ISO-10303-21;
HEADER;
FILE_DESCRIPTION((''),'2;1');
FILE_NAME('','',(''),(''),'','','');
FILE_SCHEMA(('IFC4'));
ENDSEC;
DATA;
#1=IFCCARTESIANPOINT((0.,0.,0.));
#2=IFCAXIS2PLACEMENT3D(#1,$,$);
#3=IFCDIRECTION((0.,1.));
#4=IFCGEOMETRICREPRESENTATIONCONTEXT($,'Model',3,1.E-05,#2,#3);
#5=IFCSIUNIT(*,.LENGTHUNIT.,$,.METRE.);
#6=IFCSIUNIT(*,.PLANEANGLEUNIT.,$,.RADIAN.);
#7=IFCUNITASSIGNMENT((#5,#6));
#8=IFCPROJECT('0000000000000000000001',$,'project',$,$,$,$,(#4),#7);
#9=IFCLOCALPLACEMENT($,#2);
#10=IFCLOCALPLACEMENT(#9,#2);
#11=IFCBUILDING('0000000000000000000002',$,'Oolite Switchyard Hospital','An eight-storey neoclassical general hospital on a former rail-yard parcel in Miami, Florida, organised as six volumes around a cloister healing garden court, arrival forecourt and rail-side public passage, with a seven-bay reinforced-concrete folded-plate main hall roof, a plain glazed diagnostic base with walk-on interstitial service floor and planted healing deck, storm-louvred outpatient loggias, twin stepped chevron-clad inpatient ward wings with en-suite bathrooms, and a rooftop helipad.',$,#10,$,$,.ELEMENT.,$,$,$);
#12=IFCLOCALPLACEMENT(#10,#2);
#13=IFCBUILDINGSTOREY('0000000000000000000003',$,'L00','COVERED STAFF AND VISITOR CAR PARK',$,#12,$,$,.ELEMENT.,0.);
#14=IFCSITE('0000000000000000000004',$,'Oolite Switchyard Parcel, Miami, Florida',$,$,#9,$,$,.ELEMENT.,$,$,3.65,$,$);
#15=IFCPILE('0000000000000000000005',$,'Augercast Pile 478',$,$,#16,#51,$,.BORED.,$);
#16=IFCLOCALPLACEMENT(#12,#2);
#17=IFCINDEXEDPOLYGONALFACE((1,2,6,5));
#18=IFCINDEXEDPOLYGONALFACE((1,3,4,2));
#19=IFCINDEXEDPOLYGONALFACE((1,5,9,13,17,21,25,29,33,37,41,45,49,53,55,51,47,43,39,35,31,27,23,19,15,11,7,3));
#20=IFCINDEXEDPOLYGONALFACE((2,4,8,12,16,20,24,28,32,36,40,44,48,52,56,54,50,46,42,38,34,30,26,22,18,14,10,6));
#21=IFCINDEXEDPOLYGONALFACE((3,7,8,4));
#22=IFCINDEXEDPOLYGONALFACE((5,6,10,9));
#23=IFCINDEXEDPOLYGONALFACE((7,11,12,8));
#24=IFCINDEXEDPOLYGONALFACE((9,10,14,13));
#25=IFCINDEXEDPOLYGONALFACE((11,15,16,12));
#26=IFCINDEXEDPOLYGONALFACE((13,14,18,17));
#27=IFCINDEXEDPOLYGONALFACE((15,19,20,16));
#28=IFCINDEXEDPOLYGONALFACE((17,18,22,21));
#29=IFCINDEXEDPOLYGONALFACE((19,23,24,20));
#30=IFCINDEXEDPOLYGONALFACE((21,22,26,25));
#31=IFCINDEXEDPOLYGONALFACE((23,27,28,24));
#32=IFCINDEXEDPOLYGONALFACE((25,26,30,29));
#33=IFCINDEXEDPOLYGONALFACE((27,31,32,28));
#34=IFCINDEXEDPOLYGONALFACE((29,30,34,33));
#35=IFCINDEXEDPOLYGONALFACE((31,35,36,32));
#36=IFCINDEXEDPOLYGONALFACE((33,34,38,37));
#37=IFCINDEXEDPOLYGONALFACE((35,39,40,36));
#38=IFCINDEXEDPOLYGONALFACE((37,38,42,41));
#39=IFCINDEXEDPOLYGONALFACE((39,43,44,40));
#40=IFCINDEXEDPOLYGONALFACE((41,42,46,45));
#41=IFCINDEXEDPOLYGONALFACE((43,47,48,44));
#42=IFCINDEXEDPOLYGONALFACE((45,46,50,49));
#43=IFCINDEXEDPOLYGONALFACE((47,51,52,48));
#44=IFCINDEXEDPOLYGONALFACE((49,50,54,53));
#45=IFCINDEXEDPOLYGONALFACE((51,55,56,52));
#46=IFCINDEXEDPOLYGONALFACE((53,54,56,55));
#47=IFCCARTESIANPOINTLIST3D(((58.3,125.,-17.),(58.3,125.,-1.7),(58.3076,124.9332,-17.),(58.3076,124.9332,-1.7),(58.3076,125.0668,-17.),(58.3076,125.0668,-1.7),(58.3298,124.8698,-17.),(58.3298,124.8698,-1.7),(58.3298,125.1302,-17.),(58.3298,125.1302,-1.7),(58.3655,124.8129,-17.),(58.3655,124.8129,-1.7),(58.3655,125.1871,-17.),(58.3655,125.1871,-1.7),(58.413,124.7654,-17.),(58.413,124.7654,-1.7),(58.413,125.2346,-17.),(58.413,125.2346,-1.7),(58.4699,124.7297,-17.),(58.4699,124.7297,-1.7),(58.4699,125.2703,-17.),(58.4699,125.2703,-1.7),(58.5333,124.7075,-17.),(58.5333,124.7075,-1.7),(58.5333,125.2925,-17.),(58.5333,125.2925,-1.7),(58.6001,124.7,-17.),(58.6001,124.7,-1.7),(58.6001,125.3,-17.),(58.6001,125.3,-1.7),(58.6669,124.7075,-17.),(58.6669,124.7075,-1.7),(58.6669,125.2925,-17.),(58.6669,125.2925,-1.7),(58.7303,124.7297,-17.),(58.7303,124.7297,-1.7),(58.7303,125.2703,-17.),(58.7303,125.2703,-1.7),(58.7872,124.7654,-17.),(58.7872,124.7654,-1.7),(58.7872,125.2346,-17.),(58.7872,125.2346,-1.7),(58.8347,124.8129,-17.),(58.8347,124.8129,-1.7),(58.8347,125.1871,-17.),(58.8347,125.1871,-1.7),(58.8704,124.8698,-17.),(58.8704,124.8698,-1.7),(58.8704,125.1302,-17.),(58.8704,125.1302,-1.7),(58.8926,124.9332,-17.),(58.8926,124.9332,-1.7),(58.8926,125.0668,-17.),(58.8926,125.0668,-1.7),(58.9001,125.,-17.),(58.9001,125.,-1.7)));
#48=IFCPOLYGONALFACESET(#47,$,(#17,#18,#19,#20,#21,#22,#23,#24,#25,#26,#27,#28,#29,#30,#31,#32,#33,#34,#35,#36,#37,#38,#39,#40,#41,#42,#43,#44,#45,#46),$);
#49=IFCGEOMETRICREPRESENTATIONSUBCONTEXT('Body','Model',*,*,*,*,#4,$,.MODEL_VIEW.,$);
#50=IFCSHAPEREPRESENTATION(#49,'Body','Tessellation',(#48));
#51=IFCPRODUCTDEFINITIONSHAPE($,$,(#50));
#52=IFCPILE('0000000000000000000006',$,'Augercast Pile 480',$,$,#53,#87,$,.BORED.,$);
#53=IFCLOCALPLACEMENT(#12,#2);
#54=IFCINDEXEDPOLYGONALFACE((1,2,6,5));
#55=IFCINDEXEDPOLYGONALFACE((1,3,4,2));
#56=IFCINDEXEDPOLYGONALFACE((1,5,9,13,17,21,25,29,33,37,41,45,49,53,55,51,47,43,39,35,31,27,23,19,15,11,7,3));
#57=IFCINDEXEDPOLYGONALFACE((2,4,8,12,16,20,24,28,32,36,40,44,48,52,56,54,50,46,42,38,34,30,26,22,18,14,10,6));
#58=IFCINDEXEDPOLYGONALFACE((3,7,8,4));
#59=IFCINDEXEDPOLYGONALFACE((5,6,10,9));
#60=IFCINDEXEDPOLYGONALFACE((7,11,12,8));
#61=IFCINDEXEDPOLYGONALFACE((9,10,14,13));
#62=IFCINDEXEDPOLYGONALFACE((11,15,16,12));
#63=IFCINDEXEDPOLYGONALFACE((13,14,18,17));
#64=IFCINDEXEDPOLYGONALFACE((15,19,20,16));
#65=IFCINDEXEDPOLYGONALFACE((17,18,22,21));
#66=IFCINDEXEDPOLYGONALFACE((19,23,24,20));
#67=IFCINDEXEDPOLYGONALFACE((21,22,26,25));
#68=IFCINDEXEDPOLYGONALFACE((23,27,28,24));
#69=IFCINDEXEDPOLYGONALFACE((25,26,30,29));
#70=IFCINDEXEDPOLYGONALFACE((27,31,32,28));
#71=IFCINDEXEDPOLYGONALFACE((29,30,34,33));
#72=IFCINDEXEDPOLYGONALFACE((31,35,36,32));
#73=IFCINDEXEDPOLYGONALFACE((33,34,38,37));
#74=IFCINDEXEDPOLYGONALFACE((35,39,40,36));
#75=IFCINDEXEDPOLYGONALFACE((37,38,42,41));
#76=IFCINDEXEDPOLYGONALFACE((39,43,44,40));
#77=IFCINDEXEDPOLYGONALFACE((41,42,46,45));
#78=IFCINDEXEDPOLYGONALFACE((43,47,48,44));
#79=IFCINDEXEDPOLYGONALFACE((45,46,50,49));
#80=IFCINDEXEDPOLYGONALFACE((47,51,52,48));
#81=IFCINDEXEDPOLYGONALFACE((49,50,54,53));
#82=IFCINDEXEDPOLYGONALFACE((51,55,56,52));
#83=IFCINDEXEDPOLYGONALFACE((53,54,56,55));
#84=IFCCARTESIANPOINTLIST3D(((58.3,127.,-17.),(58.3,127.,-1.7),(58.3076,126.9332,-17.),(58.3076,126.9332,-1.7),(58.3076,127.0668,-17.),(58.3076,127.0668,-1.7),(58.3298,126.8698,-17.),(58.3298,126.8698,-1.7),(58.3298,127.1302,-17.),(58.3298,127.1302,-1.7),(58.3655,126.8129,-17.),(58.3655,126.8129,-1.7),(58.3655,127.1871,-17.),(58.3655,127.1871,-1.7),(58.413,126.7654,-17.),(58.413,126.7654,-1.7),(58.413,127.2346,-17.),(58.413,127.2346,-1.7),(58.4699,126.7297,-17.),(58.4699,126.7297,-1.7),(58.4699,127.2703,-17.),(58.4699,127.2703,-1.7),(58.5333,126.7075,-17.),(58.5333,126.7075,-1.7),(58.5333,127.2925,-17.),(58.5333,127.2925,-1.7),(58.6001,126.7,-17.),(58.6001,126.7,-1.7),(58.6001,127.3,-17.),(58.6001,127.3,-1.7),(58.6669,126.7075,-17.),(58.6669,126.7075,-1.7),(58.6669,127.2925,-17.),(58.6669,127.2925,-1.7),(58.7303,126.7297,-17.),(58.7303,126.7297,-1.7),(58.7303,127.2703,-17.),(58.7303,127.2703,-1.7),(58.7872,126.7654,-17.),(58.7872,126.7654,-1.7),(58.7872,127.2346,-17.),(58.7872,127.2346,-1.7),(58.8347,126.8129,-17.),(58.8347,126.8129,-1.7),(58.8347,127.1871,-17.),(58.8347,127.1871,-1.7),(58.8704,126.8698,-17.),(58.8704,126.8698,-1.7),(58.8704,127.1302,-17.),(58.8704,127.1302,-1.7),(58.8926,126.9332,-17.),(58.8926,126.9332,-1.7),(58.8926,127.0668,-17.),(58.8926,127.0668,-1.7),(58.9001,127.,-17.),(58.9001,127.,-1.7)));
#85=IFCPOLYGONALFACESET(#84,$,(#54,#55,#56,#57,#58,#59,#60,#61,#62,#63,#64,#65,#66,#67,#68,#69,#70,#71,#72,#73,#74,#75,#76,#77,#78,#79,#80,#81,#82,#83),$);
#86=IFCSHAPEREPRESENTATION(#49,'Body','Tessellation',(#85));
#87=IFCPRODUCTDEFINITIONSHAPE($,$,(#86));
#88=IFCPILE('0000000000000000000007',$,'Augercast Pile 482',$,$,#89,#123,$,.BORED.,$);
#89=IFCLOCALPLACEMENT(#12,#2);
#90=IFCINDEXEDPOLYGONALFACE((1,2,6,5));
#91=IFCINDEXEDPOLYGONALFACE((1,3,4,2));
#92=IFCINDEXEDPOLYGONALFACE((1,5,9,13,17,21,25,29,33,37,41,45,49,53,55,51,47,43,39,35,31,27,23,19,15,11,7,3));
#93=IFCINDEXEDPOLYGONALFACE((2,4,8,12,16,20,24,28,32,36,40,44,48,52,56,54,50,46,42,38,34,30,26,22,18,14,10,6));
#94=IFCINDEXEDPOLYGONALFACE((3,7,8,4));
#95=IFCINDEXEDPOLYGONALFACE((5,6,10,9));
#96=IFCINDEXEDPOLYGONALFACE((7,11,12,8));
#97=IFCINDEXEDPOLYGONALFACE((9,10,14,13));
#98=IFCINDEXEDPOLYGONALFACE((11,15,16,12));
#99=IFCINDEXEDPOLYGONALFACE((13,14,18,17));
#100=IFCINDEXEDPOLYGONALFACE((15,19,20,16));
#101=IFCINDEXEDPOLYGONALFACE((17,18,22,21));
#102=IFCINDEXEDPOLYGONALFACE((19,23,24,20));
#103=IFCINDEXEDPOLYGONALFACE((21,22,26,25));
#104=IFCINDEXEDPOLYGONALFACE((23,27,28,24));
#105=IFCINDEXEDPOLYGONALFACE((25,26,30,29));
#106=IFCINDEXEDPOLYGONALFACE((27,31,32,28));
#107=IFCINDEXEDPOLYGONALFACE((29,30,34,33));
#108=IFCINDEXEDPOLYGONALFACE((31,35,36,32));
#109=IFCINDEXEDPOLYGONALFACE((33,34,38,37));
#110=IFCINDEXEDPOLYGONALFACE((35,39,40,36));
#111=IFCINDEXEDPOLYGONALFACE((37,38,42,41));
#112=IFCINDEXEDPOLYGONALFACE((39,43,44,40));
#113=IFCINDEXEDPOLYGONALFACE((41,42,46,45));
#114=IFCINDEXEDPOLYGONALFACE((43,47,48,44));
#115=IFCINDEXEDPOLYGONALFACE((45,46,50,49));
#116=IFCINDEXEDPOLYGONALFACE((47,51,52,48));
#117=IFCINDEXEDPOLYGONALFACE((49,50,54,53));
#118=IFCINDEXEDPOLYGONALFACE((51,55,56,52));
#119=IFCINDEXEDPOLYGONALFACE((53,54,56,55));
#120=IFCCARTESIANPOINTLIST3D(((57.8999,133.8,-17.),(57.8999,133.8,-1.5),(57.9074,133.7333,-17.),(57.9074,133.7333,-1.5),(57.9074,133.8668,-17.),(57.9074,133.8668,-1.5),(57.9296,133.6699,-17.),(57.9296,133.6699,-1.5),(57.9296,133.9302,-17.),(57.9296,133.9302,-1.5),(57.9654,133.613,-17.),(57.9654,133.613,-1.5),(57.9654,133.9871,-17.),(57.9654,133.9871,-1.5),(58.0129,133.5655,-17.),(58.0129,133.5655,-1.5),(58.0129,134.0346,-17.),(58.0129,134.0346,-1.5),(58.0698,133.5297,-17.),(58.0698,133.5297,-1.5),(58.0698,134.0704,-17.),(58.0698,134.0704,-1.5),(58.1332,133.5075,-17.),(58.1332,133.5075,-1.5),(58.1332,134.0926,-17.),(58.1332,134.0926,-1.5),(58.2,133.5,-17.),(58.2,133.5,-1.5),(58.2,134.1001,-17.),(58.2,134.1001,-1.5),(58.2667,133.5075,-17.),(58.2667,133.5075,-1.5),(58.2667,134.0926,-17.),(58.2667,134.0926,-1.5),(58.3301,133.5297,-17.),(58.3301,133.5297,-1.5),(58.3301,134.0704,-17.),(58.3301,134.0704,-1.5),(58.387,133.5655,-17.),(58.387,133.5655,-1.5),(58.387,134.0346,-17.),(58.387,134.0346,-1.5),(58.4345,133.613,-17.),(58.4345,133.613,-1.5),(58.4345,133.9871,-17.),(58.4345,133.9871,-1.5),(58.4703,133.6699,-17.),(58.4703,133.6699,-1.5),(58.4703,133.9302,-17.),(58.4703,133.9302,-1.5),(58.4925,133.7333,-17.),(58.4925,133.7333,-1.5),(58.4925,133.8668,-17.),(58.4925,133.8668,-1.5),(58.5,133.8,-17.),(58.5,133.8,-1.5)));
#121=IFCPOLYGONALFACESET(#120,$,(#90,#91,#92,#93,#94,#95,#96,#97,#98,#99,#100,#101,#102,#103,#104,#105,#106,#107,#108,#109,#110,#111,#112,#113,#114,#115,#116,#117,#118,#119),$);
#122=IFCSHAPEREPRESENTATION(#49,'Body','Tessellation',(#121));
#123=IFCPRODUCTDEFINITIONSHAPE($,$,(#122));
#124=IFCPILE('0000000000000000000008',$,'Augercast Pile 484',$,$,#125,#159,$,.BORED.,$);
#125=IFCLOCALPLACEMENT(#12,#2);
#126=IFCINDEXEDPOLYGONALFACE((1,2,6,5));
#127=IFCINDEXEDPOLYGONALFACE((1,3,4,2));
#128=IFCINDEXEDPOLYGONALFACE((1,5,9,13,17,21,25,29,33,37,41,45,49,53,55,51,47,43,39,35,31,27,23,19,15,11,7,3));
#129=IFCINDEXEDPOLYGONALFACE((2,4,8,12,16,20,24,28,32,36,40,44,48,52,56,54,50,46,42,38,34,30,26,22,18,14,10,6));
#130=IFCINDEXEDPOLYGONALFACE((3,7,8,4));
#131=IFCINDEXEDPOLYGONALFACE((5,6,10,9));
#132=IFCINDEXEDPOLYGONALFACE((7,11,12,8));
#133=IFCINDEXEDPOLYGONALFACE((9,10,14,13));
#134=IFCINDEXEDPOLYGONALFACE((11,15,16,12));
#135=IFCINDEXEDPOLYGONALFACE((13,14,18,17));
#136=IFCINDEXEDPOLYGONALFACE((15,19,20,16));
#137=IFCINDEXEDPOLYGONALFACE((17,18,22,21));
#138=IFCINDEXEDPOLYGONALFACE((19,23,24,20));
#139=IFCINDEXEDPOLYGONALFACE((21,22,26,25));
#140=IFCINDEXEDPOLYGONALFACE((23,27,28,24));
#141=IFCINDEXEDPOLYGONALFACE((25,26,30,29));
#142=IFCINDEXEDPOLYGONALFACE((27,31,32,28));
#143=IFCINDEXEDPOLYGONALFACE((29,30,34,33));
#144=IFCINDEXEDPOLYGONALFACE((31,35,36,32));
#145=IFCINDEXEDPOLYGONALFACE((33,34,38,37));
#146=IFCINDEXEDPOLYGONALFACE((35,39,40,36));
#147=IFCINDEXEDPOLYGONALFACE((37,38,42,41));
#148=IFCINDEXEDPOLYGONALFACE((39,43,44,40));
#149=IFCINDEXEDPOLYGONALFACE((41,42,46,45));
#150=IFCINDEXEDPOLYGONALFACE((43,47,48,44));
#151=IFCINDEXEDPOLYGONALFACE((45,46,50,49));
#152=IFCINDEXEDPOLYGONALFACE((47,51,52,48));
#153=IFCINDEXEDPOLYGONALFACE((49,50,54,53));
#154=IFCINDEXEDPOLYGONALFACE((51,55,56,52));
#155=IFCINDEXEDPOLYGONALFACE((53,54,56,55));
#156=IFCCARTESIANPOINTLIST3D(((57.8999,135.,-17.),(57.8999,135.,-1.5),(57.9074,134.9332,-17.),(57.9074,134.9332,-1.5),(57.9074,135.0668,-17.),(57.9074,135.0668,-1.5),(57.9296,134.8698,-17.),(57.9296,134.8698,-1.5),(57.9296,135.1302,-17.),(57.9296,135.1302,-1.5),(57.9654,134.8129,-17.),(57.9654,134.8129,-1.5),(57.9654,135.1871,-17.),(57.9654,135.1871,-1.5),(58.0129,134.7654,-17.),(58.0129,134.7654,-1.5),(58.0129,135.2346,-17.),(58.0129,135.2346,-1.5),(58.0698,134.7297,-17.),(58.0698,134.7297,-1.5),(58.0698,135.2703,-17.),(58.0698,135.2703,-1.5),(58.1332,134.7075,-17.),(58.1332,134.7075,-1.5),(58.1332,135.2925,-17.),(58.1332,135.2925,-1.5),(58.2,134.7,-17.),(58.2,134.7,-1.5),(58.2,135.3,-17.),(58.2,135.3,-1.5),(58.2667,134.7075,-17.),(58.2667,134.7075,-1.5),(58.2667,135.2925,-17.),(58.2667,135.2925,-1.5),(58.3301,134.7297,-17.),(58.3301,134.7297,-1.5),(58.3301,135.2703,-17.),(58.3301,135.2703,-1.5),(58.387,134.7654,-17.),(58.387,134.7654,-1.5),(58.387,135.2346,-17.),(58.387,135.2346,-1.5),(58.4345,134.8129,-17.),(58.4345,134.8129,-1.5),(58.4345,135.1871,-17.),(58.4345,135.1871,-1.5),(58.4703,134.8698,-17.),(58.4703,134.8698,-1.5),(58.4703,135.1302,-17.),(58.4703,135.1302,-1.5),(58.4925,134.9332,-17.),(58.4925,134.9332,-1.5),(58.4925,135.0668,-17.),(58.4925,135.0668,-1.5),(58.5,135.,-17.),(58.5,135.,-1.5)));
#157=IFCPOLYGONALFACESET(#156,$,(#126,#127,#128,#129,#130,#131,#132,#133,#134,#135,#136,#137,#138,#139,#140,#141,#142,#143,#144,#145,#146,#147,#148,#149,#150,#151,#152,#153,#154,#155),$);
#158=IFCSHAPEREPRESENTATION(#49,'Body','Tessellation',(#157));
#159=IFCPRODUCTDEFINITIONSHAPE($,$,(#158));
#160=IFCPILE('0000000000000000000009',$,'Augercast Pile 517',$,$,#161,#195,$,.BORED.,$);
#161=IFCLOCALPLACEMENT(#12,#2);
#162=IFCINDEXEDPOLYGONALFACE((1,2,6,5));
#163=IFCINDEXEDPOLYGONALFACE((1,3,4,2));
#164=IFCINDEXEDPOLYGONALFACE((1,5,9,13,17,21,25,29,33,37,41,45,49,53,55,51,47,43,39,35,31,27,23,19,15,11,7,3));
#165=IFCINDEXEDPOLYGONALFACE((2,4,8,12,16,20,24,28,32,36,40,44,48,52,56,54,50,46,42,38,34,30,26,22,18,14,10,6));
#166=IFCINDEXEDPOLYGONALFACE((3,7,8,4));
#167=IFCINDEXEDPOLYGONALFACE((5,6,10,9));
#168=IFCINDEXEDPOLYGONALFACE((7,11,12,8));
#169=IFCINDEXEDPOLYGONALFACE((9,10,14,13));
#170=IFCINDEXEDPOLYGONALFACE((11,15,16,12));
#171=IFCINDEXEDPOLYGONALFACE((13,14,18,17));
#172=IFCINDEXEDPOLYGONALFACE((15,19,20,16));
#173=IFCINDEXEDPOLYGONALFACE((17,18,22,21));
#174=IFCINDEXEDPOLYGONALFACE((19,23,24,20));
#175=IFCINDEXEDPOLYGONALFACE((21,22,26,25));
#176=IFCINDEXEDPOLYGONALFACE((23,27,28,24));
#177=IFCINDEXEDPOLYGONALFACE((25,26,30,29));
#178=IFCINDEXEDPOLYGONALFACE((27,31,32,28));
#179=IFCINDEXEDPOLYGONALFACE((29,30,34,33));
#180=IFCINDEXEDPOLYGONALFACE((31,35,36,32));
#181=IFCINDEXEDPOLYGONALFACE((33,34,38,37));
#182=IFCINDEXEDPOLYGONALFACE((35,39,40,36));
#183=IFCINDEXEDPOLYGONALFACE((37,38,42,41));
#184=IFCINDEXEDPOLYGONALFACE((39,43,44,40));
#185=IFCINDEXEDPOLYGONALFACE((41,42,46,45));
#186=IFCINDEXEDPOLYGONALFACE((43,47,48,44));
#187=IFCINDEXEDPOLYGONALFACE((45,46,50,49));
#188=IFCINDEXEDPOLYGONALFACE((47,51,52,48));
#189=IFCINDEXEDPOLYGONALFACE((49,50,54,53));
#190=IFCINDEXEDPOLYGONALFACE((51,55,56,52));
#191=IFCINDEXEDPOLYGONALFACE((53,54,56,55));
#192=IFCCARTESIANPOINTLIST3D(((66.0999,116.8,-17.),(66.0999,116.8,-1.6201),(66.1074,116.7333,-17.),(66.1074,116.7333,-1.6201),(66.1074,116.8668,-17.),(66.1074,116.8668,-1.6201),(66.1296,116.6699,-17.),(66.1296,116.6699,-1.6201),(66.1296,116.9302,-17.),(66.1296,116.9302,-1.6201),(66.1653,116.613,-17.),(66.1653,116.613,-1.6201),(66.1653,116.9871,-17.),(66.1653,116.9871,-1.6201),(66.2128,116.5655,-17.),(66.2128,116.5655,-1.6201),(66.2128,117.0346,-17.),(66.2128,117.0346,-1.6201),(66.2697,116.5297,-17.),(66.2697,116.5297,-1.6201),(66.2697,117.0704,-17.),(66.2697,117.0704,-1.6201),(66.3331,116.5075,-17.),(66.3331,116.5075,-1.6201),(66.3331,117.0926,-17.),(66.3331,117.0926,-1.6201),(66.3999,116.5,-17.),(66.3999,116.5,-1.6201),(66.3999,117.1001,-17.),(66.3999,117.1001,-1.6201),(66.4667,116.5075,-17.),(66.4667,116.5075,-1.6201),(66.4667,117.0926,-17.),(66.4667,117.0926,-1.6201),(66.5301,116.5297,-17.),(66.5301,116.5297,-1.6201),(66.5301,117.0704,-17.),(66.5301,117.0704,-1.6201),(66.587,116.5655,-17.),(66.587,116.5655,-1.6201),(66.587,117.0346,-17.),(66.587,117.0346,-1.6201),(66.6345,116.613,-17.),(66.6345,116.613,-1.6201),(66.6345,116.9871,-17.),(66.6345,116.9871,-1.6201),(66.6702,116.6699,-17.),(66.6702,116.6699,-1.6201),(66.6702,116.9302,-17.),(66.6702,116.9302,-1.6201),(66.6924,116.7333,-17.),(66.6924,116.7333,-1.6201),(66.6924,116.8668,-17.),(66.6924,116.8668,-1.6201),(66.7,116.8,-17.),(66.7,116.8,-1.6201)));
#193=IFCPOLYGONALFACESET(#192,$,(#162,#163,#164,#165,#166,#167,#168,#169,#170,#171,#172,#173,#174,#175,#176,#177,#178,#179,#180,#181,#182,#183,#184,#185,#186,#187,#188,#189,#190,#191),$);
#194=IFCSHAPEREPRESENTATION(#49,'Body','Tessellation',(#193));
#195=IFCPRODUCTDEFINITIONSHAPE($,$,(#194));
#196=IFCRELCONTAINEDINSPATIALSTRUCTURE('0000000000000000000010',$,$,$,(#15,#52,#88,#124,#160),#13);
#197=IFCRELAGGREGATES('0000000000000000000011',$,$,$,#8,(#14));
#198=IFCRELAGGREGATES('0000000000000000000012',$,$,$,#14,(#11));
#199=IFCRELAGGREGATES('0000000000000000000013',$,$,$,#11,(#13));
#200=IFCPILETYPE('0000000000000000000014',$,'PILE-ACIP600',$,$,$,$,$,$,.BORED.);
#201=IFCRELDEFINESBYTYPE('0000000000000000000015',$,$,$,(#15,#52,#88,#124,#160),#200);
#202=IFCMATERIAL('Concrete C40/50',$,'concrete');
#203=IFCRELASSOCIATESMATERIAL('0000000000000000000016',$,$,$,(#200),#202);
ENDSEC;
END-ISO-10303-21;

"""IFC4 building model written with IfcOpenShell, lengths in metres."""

from ifc_helpers import new_model, si_unit, direction, frame, origin, origin_2d, place, context, subcontext, project, spatial, circle, extrude, material, material_profile, profile_set, type_object, element, save


model = new_model("IFC4")

# Units and contexts
model_context = context("Model", 3, precision=1e-05, world=origin(), true_north=direction((0.0, 1.0)))
body_context = subcontext(model_context, "Body", "Model", "MODEL_VIEW")
ifc_project = project(units=[si_unit("LENGTHUNIT", "METRE"), si_unit("PLANEANGLEUNIT", "RADIAN")], contexts=[model_context])

# Site, building, storey
site_placement = place(None, origin())
site = spatial("IfcSite", under=ifc_project, at=site_placement, Name="Oolite Switchyard Parcel, Miami, Florida", CompositionType="ELEMENT", RefElevation=3.65)
building_placement = place(site_placement, origin())
building = spatial("IfcBuilding", under=site, at=building_placement, Name="Oolite Switchyard Hospital", Description="An eight-storey neoclassical general hospital on a former rail-yard parcel in Miami, Florida, organised as six volumes around a cloister healing garden court, arrival forecourt and rail-side public passage, with a seven-bay reinforced-concrete folded-plate main hall roof, a plain glazed diagnostic base with walk-on interstitial service floor and planted healing deck, storm-louvred outpatient loggias, twin stepped chevron-clad inpatient ward wings with en-suite bathrooms, and a rooftop helipad.", CompositionType="ELEMENT")
storey_placement = place(building_placement, origin())
storey = spatial("IfcBuildingStorey", under=building, at=storey_placement, Name="L00", Description="COVERED STAFF AND VISITOR CAR PARK", CompositionType="ELEMENT", Elevation=0.0)

# Shared definitions
ifc_material_1 = material(Name="Concrete C40/50", Category="concrete")

# Piles
ifc_material_profile_1 = material_profile(ifc_material_1, circle(Radius=0.3, at=origin_2d()), Name="PILE600")
ifc_profile_set_1 = profile_set([ifc_material_profile_1], Name="Concrete C40/50")
pile_type = type_object("IfcPileType", Name="PILE-ACIP600", PredefinedType="BORED", material=ifc_profile_set_1)
for number, where, z_axis, x_axis, name in (
    (1, (58.6001, 125.0, -1.7), (0.0, 0.0, -1.0), (1.0, 0.0, 0.0), "Augercast Pile 478"),
    (2, (58.6001, 127.0, -1.7), (0.0, 0.0, -1.0), (1.0, 0.0, 0.0), "Augercast Pile 480"),
):
    element("IfcPile", number, at=place(storey_placement, frame(where, z_axis=z_axis, x_axis=x_axis)), inside=storey, type_object=pile_type, Name=name, PredefinedType="BORED", context=body_context, shape_type="SweptSolid", body=[
        extrude(circle(Radius=0.3, at=origin_2d()), origin(), (0.0, 0.0, 1.0), 15.3),
    ])
for number, where, z_axis, x_axis, name in (
    (3, (58.2, 133.8, -1.5), (0.0, 0.0, -1.0), (1.0, 0.0, 0.0), "Augercast Pile 482"),
    (4, (58.2, 135.0, -1.5), (0.0, 0.0, -1.0), (1.0, 0.0, 0.0), "Augercast Pile 484"),
):
    element("IfcPile", number, at=place(storey_placement, frame(where, z_axis=z_axis, x_axis=x_axis)), inside=storey, type_object=pile_type, Name=name, PredefinedType="BORED", context=body_context, shape_type="SweptSolid", body=[
        extrude(circle(Radius=0.3, at=origin_2d()), origin(), (0.0, 0.0, 1.0), 15.5),
    ])
for number, where, z_axis, x_axis, name in (
    (5, (66.3999, 116.8, -1.6201), (0.0, 0.0, -1.0), (1.0, 0.0, 0.0), "Augercast Pile 517"),
):
    element("IfcPile", number, at=place(storey_placement, frame(where, z_axis=z_axis, x_axis=x_axis)), inside=storey, type_object=pile_type, Name=name, PredefinedType="BORED", context=body_context, shape_type="SweptSolid", body=[
        extrude(circle(Radius=0.3, at=origin_2d()), origin(), (0.0, 0.0, 1.0), 15.3799),
    ])

save(model, "model.ifc")
